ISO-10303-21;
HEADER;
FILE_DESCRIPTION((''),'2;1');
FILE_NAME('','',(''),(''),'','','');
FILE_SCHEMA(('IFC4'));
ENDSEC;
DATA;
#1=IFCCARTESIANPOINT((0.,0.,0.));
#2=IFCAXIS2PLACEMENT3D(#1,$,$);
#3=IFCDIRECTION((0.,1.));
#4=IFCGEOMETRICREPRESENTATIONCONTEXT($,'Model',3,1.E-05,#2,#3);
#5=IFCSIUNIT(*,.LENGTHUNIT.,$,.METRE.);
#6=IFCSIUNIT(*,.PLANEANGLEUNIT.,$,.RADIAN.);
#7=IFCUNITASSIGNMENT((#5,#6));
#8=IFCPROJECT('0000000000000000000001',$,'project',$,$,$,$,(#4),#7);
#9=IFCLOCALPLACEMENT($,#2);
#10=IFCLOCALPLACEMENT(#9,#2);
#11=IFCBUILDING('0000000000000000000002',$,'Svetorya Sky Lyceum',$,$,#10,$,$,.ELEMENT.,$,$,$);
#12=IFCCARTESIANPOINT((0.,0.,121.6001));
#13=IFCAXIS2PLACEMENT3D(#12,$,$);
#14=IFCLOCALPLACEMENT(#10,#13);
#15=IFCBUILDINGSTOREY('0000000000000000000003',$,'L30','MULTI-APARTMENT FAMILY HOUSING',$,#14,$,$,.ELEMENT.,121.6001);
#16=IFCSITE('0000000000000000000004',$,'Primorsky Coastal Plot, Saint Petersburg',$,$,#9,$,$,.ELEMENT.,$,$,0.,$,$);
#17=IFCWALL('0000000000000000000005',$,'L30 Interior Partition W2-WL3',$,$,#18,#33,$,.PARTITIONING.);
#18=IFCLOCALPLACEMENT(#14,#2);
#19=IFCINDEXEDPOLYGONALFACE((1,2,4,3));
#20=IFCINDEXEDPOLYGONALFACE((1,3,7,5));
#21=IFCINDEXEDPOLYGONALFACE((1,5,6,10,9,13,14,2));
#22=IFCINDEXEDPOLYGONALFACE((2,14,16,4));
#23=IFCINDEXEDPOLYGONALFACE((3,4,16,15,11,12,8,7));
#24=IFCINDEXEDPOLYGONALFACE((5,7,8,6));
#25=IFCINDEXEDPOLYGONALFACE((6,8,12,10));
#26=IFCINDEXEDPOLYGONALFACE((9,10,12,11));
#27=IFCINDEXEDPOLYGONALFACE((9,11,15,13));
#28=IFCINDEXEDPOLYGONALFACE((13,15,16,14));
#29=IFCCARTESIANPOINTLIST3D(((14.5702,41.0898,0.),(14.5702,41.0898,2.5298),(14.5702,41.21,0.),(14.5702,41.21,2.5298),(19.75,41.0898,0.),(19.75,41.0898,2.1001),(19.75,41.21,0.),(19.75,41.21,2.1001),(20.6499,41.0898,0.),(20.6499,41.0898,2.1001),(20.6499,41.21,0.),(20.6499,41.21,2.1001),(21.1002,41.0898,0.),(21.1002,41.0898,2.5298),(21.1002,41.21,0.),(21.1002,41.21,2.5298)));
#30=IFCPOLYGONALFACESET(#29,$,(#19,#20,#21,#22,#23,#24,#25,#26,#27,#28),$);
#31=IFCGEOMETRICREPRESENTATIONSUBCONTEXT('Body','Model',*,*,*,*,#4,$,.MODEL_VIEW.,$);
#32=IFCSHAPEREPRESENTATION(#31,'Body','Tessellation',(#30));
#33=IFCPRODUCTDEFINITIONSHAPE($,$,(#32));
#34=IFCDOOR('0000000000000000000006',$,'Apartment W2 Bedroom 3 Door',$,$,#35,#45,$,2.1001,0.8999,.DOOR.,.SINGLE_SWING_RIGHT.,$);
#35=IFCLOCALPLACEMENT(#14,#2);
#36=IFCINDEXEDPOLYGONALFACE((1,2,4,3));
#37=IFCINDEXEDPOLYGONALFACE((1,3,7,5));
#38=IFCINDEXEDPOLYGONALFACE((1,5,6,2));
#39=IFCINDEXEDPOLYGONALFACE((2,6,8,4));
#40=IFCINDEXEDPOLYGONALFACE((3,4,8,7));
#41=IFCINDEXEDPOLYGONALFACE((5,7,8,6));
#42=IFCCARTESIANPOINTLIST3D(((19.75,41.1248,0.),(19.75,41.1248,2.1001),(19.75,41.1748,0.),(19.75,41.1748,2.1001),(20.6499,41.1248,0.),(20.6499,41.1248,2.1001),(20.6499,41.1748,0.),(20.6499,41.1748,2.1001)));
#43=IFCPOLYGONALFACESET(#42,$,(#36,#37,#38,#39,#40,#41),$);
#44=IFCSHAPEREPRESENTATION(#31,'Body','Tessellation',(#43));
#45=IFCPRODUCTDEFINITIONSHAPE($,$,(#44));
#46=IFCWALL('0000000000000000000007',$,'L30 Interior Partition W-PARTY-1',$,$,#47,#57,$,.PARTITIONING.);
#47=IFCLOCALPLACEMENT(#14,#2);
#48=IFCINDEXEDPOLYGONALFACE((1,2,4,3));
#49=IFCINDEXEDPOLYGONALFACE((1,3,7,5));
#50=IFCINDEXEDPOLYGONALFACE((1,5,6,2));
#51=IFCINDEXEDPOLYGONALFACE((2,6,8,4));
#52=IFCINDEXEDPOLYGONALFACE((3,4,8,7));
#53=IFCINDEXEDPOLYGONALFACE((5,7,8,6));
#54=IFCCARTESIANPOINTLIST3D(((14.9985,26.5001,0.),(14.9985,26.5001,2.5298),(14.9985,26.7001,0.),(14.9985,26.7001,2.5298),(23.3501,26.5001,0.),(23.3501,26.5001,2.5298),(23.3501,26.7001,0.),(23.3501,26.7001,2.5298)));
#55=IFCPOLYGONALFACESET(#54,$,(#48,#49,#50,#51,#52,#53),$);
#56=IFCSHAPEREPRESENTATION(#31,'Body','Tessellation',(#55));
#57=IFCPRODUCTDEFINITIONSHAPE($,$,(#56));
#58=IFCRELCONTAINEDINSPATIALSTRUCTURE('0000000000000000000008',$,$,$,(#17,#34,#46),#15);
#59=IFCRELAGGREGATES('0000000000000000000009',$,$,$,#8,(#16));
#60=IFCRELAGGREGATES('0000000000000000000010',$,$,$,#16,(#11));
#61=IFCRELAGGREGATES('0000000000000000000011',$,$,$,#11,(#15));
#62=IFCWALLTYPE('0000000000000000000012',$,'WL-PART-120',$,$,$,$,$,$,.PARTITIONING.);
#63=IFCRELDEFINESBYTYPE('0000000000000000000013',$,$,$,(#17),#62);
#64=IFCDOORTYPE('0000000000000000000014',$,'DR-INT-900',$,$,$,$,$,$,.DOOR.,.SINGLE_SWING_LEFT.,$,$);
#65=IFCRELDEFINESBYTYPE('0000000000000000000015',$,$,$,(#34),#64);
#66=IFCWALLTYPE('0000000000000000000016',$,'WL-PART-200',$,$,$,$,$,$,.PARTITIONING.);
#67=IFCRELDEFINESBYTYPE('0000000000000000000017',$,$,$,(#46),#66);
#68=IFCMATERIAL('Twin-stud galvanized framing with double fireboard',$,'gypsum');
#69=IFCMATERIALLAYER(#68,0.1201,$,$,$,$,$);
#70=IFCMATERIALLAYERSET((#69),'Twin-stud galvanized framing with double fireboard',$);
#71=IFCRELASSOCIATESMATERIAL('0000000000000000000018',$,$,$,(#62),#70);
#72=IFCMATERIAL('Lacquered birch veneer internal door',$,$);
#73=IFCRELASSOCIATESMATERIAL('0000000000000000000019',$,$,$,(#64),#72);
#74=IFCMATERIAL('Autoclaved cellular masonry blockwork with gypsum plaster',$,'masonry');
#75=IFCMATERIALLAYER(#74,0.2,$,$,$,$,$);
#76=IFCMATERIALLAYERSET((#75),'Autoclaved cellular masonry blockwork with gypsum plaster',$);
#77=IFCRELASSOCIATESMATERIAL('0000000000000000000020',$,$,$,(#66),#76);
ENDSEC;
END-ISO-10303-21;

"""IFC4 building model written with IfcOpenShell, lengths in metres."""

from ifc_helpers import new_model, si_unit, direction, frame, frame_2d, origin, place, context, subcontext, project, spatial, rectangle, extrude, material, layer, layer_set, type_object, element, fill, save


model = new_model("IFC4")

# Units and contexts
model_context = context("Model", 3, precision=1e-05, world=origin(), true_north=direction((0.0, 1.0)))
body_context = subcontext(model_context, "Body", "Model", "MODEL_VIEW")
ifc_project = project(units=[si_unit("LENGTHUNIT", "METRE"), si_unit("PLANEANGLEUNIT", "RADIAN")], contexts=[model_context])

# Site, building, storey
site_placement = place(None, origin())
site = spatial("IfcSite", under=ifc_project, at=site_placement, Name="Primorsky Coastal Plot, Saint Petersburg", CompositionType="ELEMENT", RefElevation=0.0)
building_placement = place(site_placement, origin())
building = spatial("IfcBuilding", under=site, at=building_placement, Name="Svetorya Sky Lyceum", CompositionType="ELEMENT")
storey_placement = place(building_placement, frame((0.0, 0.0, 121.6001)))
storey = spatial("IfcBuildingStorey", under=building, at=storey_placement, Name="L30", Description="MULTI-APARTMENT FAMILY HOUSING", CompositionType="ELEMENT", Elevation=121.6001)

# Wall, opening, door
ifc_material_1 = material(Name="Twin-stud galvanized framing with double fireboard", Category="gypsum")
ifc_layer_1 = layer(ifc_material_1, 0.1201)
ifc_layer_set_1 = layer_set([ifc_layer_1], Name="Twin-stud galvanized framing with double fireboard")
wall_type_1 = type_object("IfcWallType", Name="WL-PART-120", PredefinedType="PARTITIONING", material=ifc_layer_set_1)
ifc_material_2 = material(Name="Lacquered birch veneer internal door")
door_type_1 = type_object("IfcDoorType", Name="DR-INT-900", OperationType="SINGLE_SWING_LEFT", PredefinedType="DOOR", material=ifc_material_2)
wall_1_placement = place(storey_placement, frame((14.5701, 41.1499, 0.0), z_axis=(0.0, 0.0, 1.0), x_axis=(1.0, 0.0, 0.0)))
wall_1 = element("IfcWall", 1, at=wall_1_placement, inside=storey, type_object=wall_type_1, Name="L30 Interior Partition W2-WL3", PredefinedType="PARTITIONING", context=body_context, shape_type="SweptSolid", body=[
    extrude(rectangle(XDim=6.53, YDim=0.1201, at=frame_2d((3.2651, 0.0))), origin(), (0.0, 0.0, 1.0), 2.5298),
])
opening_1_placement = place(wall_1_placement, frame((5.1799, 0.0, 0.0)))
opening_1 = element("IfcOpeningElement", 2, at=opening_1_placement, cuts=wall_1, PredefinedType="OPENING", context=body_context, shape_type="SweptSolid", body=[
    extrude(rectangle(XDim=0.8999, YDim=2.1001, at=frame_2d((0.45, 1.05))), frame((0.0, 0.0701, 0.0), z_axis=(0.0, -1.0, 0.0), x_axis=(1.0, 0.0, 0.0)), (0.0, 0.0, 1.0), 0.1401),
])
door_1_placement = place(opening_1_placement, origin())
door_1 = element("IfcDoor", 3, at=door_1_placement, inside=storey, type_object=door_type_1, Name="Apartment W2 Bedroom 3 Door", OperationType="SINGLE_SWING_RIGHT", OverallHeight=2.1001, OverallWidth=0.8999, PredefinedType="DOOR", context=body_context, shape_type="SweptSolid", body=[
    extrude(rectangle(XDim=0.8999, YDim=2.1001, at=frame_2d((0.45, 1.05))), frame((0.0, 0.0249, 0.0), z_axis=(0.0, -1.0, 0.0), x_axis=(1.0, 0.0, 0.0)), (0.0, 0.0, 1.0), 0.05),
])
fill(opening_1, door_1)

# Wall
ifc_material_3 = material(Name="Autoclaved cellular masonry blockwork with gypsum plaster", Category="masonry")
ifc_layer_2 = layer(ifc_material_3, 0.2)
ifc_layer_set_2 = layer_set([ifc_layer_2], Name="Autoclaved cellular masonry blockwork with gypsum plaster")
wall_type_2 = type_object("IfcWallType", Name="WL-PART-200", PredefinedType="PARTITIONING", material=ifc_layer_set_2)
wall_2_placement = place(storey_placement, frame((14.9985, 26.6001, 0.0), z_axis=(0.0, 0.0, 1.0), x_axis=(1.0, 0.0, 0.0)))
element("IfcWall", 4, at=wall_2_placement, inside=storey, type_object=wall_type_2, Name="L30 Interior Partition W-PARTY-1", PredefinedType="PARTITIONING", context=body_context, shape_type="SweptSolid", body=[
    extrude(rectangle(XDim=8.3516, YDim=0.2, at=frame_2d((4.1758, 0.0))), origin(), (0.0, 0.0, 1.0), 2.5298),
])

save(model, "model.ifc")
